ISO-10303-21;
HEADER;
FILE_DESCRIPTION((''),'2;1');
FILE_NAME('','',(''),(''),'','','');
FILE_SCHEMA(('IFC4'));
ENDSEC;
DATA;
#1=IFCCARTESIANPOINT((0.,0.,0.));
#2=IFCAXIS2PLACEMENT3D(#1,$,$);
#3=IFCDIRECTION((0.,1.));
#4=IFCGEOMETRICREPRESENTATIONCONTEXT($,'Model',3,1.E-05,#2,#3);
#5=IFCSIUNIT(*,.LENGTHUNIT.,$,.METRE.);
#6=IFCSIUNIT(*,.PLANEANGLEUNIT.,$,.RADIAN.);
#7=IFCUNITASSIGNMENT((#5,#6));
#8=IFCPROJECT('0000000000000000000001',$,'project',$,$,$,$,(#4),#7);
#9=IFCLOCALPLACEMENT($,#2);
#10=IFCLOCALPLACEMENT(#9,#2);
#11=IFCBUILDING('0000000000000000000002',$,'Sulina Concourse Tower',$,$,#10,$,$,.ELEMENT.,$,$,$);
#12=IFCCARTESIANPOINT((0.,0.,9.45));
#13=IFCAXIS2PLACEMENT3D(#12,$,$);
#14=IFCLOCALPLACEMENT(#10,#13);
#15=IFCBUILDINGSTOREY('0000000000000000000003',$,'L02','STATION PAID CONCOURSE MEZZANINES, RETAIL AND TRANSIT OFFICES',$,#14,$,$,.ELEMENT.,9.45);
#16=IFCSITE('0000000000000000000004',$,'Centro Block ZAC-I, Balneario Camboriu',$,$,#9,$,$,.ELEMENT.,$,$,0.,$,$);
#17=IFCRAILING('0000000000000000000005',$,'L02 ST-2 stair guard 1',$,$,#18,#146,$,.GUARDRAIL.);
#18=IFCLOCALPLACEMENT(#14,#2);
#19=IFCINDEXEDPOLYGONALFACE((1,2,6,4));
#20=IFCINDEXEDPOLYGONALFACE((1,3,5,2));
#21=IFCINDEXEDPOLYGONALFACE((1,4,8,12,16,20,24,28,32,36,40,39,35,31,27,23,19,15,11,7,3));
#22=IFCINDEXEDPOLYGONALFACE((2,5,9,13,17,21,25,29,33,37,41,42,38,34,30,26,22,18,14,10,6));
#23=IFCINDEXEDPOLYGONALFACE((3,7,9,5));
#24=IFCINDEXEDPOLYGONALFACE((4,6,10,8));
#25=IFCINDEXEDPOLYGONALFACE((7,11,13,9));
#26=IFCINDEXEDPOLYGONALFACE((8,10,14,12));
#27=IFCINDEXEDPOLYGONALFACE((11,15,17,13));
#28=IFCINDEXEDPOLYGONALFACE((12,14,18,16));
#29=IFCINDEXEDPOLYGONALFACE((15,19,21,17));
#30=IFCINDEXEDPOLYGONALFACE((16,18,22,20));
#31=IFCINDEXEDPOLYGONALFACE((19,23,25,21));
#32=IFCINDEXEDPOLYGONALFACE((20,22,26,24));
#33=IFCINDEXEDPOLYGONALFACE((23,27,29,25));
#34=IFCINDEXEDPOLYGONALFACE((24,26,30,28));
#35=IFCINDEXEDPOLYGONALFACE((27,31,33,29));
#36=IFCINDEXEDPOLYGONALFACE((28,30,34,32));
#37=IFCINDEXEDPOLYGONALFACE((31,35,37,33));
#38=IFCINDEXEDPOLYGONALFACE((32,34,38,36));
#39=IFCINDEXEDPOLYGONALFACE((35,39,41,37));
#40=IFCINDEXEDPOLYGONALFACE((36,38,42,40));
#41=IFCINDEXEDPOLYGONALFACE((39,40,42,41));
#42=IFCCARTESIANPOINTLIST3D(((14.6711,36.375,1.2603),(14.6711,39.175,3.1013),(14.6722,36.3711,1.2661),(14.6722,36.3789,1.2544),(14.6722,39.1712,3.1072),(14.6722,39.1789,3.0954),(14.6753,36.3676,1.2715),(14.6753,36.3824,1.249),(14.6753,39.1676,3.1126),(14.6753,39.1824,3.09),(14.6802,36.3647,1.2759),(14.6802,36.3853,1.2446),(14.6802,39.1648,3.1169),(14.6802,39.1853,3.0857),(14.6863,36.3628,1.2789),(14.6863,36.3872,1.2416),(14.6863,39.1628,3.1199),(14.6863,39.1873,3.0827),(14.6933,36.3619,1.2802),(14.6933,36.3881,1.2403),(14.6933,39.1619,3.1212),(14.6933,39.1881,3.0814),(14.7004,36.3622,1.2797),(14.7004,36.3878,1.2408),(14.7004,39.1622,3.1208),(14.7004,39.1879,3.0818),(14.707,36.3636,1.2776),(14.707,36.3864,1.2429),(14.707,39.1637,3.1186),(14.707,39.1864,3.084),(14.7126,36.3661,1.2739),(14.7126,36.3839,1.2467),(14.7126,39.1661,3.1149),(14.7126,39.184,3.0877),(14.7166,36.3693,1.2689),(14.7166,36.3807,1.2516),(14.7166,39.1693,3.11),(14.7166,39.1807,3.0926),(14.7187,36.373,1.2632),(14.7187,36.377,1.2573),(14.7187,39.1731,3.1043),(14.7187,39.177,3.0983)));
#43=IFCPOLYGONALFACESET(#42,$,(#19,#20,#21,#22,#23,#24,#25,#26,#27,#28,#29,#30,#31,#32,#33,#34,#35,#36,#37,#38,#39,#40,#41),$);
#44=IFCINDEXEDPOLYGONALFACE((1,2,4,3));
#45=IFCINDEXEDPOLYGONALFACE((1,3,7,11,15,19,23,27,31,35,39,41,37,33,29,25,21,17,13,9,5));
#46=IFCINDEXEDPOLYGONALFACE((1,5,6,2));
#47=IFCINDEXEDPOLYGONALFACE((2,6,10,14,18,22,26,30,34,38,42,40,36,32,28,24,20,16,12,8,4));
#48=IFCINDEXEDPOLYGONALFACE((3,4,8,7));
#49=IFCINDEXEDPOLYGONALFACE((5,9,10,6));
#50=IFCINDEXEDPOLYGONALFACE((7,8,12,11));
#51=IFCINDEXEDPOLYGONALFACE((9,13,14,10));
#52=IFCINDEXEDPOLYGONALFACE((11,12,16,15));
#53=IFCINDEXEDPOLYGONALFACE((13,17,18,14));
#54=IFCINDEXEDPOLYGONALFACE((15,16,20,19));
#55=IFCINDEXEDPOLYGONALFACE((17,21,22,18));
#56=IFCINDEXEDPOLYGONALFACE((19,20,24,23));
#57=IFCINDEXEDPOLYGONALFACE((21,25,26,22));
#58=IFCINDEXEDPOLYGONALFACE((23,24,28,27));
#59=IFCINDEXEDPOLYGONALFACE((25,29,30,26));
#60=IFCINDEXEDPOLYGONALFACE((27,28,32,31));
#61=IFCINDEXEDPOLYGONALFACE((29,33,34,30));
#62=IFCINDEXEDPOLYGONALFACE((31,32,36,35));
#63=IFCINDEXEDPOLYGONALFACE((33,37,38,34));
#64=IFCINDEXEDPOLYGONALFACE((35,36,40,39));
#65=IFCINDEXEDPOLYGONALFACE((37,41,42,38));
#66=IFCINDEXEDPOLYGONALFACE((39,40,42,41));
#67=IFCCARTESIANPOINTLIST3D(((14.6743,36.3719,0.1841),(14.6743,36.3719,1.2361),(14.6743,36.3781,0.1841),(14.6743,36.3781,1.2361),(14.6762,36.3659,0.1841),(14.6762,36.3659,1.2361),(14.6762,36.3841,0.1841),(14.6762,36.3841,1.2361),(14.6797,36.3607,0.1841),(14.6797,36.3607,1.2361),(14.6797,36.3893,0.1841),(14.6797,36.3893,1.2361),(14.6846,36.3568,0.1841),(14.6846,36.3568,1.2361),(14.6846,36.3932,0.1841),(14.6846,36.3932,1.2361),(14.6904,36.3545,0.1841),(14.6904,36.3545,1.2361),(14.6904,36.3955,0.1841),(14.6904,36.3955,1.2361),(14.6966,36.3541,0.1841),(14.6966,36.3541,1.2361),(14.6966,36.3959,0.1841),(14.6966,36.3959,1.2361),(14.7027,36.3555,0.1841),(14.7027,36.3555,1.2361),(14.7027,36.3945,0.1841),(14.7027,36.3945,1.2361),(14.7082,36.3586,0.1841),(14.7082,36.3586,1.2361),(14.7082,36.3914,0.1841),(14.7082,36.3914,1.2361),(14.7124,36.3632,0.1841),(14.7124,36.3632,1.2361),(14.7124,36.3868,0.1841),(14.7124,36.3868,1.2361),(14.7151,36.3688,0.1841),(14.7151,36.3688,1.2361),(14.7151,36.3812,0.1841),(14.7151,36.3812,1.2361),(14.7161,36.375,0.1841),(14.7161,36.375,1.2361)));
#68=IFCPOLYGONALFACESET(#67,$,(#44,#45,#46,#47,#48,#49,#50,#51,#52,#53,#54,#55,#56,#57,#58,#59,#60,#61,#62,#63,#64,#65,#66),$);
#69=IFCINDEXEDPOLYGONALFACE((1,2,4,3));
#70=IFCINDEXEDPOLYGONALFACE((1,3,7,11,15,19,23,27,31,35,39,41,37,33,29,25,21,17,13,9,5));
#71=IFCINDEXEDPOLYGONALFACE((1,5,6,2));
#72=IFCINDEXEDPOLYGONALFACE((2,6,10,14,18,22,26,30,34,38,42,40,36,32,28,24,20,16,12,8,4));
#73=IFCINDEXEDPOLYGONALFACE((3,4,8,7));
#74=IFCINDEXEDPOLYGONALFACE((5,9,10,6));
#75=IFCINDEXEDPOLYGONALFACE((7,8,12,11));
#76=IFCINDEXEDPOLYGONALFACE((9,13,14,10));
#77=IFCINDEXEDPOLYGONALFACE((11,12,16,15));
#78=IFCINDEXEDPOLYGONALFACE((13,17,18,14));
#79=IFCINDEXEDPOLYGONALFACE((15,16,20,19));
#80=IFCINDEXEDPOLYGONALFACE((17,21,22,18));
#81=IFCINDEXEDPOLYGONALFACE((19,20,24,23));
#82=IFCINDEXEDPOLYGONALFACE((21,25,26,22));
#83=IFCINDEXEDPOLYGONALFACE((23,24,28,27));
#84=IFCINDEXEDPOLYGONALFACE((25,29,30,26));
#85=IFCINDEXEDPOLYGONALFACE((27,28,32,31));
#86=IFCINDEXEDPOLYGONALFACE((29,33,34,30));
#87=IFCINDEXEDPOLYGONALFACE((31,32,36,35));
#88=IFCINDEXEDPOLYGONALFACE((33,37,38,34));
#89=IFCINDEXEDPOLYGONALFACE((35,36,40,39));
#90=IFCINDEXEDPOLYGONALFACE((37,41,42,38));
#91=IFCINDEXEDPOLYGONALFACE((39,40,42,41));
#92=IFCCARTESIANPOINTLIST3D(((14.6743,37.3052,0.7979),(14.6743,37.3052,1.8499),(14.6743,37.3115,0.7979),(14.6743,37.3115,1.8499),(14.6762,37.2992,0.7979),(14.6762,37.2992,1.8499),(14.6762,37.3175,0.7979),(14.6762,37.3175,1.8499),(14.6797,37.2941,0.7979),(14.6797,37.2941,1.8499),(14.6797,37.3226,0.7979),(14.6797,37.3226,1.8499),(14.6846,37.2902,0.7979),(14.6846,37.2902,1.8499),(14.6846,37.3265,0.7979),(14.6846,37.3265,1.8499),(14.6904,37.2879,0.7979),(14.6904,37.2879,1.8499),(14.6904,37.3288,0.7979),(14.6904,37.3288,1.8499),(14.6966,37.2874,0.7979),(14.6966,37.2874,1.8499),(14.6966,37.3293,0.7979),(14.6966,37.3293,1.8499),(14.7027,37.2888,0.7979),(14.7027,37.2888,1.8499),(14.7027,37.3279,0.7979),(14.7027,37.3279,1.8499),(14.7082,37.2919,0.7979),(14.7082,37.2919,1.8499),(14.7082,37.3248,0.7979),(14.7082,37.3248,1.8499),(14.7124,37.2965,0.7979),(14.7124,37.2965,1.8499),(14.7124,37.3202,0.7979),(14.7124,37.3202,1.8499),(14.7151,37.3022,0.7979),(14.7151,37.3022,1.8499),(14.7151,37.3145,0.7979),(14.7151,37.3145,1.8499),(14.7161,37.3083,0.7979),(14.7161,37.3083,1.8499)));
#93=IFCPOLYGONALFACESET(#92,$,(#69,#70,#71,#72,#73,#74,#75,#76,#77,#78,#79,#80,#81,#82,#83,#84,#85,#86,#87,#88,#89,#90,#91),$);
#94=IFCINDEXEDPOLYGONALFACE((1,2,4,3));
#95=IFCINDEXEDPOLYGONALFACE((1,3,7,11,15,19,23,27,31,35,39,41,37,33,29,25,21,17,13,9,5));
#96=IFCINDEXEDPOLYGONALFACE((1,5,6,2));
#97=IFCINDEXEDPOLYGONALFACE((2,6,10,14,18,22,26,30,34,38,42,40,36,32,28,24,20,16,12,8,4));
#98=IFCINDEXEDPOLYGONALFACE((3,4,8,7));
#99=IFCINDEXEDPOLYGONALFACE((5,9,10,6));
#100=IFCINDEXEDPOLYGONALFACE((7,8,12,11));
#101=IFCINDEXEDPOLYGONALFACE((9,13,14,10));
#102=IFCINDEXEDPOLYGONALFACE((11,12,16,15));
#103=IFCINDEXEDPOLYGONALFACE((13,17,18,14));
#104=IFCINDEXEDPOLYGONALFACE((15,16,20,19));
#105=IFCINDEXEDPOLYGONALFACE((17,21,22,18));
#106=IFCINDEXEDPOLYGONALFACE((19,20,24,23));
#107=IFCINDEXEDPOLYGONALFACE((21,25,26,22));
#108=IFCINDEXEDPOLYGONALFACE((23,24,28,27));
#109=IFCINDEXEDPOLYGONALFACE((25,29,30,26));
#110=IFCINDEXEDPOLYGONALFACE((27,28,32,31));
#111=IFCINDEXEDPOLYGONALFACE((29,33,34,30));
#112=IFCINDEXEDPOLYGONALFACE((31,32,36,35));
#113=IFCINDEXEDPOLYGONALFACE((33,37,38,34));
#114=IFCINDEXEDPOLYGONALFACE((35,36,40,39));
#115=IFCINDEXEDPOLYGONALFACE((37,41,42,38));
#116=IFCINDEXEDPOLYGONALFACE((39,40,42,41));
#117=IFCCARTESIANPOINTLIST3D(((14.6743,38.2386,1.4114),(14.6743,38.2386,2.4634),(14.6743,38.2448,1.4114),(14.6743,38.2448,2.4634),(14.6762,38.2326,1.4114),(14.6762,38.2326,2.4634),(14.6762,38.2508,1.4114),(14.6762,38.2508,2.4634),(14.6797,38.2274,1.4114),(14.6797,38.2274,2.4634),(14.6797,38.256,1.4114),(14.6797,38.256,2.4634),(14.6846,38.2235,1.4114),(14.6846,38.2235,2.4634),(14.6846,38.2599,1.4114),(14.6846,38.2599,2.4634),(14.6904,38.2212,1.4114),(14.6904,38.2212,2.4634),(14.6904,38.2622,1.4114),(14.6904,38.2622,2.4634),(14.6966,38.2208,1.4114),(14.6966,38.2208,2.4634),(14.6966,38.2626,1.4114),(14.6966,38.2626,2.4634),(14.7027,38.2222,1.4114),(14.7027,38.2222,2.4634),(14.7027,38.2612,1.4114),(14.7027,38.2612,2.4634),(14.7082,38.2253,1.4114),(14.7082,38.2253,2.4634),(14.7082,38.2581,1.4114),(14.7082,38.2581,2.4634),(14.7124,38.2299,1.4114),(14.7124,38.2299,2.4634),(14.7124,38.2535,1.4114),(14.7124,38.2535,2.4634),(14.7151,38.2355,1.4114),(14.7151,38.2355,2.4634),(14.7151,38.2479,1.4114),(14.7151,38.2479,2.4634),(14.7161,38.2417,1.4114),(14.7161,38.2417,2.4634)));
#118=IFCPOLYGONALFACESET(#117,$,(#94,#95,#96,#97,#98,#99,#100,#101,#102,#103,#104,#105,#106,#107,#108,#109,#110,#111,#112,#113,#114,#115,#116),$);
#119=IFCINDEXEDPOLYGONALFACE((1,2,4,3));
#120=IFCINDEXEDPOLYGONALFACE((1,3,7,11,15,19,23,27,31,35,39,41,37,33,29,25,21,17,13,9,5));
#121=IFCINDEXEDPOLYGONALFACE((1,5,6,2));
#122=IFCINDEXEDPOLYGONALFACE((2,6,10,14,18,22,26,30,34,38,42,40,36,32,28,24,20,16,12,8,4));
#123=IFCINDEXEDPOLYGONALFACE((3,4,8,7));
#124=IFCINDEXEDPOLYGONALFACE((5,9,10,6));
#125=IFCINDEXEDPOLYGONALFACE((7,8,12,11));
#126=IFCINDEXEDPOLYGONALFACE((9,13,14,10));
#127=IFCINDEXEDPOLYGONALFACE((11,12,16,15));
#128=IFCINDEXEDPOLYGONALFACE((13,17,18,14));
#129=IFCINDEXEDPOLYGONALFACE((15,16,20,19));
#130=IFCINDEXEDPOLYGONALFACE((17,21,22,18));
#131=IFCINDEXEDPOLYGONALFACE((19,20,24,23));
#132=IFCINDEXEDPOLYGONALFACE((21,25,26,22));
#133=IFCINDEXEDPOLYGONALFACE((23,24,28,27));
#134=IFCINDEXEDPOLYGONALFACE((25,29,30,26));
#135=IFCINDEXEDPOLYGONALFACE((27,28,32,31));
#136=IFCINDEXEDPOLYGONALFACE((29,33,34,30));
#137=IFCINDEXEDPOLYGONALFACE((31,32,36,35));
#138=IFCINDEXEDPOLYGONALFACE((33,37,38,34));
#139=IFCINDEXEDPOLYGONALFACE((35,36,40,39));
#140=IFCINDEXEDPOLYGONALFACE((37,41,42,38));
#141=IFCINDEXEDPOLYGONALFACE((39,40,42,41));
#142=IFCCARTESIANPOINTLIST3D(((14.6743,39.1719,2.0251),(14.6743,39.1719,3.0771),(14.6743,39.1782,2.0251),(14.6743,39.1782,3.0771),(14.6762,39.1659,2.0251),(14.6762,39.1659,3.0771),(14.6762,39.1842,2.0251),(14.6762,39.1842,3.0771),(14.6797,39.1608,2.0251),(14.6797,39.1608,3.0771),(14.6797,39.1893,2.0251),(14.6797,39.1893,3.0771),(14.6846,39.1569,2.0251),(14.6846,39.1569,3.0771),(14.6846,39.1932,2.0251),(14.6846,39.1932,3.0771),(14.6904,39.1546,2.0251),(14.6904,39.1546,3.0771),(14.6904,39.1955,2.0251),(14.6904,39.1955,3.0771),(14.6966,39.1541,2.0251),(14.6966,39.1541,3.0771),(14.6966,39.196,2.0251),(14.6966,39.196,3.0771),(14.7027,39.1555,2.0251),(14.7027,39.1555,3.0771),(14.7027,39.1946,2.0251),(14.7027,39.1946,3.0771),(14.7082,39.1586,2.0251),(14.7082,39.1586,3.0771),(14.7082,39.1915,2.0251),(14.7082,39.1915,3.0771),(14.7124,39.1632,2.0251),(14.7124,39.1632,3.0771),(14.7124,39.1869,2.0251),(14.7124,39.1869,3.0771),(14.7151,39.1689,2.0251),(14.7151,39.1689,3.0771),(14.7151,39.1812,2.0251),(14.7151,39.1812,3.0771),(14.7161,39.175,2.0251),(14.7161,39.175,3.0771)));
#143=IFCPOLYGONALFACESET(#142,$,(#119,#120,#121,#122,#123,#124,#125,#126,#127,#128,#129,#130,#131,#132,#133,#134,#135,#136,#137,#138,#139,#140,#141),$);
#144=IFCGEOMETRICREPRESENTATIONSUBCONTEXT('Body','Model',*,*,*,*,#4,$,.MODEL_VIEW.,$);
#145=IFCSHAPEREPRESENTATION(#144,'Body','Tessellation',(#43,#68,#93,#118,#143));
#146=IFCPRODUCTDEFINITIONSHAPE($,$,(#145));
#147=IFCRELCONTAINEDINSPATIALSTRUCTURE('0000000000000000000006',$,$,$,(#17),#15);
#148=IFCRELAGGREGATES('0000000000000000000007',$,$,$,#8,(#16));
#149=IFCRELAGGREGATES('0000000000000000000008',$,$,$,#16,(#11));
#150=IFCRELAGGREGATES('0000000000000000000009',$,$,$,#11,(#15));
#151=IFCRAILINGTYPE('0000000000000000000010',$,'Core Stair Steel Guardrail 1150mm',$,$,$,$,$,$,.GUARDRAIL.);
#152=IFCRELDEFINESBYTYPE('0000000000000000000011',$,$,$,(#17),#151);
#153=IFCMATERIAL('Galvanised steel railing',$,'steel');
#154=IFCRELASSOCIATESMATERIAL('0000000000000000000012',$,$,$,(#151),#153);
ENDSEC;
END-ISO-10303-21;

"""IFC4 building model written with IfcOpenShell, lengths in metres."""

from ifc_helpers import new_model, si_unit, direction, frame, origin, origin_2d, place, context, subcontext, project, spatial, circle, extrude, material, type_object, element, save


model = new_model("IFC4")

# Units and contexts
model_context = context("Model", 3, precision=1e-05, world=origin(), true_north=direction((0.0, 1.0)))
body_context = subcontext(model_context, "Body", "Model", "MODEL_VIEW")
ifc_project = project(units=[si_unit("LENGTHUNIT", "METRE"), si_unit("PLANEANGLEUNIT", "RADIAN")], contexts=[model_context])

# Site, building, storey
site_placement = place(None, origin())
site = spatial("IfcSite", under=ifc_project, at=site_placement, Name="Centro Block ZAC-I, Balneario Camboriu", CompositionType="ELEMENT", RefElevation=0.0)
building_placement = place(site_placement, origin())
building = spatial("IfcBuilding", under=site, at=building_placement, Name="Sulina Concourse Tower", CompositionType="ELEMENT")
storey_placement = place(building_placement, frame((0.0, 0.0, 9.45)))
storey = spatial("IfcBuildingStorey", under=building, at=storey_placement, Name="L02", Description="STATION PAID CONCOURSE MEZZANINES, RETAIL AND TRANSIT OFFICES", CompositionType="ELEMENT", Elevation=9.45)

# Railing
ifc_material_1 = material(Name="Galvanised steel railing", Category="steel")
railing_type_1 = type_object("IfcRailingType", Name="Core Stair Steel Guardrail 1150mm", PredefinedType="GUARDRAIL", material=ifc_material_1)
railing_1_placement = place(storey_placement, frame((14.6951, 36.375, 0.1841)))
element("IfcRailing", 1, at=railing_1_placement, inside=storey, type_object=railing_type_1, Name="L02 ST-2 stair guard 1", PredefinedType="GUARDRAIL", context=body_context, shape_type="SweptSolid", body=[
    extrude(circle(Radius=0.0239, at=origin_2d()), frame((0.0, 0.0, 1.0762), z_axis=(0.0, 0.835564, 0.549393), x_axis=(-1.0, 0.0, 0.0)), (0.0, 0.0, 1.0), 3.3511),
    extrude(circle(Radius=0.021, at=origin_2d()), origin(), (0.0, 0.0, 1.0), 1.052),
    extrude(circle(Radius=0.021, at=origin_2d()), frame((0.0, 0.9333, 0.6138)), (0.0, 0.0, 1.0), 1.052),
    extrude(circle(Radius=0.021, at=origin_2d()), frame((0.0, 1.8667, 1.2273)), (0.0, 0.0, 1.0), 1.052),
    extrude(circle(Radius=0.021, at=origin_2d()), frame((0.0, 2.8, 1.8411)), (0.0, 0.0, 1.0), 1.052),
])

save(model, "model.ifc")
